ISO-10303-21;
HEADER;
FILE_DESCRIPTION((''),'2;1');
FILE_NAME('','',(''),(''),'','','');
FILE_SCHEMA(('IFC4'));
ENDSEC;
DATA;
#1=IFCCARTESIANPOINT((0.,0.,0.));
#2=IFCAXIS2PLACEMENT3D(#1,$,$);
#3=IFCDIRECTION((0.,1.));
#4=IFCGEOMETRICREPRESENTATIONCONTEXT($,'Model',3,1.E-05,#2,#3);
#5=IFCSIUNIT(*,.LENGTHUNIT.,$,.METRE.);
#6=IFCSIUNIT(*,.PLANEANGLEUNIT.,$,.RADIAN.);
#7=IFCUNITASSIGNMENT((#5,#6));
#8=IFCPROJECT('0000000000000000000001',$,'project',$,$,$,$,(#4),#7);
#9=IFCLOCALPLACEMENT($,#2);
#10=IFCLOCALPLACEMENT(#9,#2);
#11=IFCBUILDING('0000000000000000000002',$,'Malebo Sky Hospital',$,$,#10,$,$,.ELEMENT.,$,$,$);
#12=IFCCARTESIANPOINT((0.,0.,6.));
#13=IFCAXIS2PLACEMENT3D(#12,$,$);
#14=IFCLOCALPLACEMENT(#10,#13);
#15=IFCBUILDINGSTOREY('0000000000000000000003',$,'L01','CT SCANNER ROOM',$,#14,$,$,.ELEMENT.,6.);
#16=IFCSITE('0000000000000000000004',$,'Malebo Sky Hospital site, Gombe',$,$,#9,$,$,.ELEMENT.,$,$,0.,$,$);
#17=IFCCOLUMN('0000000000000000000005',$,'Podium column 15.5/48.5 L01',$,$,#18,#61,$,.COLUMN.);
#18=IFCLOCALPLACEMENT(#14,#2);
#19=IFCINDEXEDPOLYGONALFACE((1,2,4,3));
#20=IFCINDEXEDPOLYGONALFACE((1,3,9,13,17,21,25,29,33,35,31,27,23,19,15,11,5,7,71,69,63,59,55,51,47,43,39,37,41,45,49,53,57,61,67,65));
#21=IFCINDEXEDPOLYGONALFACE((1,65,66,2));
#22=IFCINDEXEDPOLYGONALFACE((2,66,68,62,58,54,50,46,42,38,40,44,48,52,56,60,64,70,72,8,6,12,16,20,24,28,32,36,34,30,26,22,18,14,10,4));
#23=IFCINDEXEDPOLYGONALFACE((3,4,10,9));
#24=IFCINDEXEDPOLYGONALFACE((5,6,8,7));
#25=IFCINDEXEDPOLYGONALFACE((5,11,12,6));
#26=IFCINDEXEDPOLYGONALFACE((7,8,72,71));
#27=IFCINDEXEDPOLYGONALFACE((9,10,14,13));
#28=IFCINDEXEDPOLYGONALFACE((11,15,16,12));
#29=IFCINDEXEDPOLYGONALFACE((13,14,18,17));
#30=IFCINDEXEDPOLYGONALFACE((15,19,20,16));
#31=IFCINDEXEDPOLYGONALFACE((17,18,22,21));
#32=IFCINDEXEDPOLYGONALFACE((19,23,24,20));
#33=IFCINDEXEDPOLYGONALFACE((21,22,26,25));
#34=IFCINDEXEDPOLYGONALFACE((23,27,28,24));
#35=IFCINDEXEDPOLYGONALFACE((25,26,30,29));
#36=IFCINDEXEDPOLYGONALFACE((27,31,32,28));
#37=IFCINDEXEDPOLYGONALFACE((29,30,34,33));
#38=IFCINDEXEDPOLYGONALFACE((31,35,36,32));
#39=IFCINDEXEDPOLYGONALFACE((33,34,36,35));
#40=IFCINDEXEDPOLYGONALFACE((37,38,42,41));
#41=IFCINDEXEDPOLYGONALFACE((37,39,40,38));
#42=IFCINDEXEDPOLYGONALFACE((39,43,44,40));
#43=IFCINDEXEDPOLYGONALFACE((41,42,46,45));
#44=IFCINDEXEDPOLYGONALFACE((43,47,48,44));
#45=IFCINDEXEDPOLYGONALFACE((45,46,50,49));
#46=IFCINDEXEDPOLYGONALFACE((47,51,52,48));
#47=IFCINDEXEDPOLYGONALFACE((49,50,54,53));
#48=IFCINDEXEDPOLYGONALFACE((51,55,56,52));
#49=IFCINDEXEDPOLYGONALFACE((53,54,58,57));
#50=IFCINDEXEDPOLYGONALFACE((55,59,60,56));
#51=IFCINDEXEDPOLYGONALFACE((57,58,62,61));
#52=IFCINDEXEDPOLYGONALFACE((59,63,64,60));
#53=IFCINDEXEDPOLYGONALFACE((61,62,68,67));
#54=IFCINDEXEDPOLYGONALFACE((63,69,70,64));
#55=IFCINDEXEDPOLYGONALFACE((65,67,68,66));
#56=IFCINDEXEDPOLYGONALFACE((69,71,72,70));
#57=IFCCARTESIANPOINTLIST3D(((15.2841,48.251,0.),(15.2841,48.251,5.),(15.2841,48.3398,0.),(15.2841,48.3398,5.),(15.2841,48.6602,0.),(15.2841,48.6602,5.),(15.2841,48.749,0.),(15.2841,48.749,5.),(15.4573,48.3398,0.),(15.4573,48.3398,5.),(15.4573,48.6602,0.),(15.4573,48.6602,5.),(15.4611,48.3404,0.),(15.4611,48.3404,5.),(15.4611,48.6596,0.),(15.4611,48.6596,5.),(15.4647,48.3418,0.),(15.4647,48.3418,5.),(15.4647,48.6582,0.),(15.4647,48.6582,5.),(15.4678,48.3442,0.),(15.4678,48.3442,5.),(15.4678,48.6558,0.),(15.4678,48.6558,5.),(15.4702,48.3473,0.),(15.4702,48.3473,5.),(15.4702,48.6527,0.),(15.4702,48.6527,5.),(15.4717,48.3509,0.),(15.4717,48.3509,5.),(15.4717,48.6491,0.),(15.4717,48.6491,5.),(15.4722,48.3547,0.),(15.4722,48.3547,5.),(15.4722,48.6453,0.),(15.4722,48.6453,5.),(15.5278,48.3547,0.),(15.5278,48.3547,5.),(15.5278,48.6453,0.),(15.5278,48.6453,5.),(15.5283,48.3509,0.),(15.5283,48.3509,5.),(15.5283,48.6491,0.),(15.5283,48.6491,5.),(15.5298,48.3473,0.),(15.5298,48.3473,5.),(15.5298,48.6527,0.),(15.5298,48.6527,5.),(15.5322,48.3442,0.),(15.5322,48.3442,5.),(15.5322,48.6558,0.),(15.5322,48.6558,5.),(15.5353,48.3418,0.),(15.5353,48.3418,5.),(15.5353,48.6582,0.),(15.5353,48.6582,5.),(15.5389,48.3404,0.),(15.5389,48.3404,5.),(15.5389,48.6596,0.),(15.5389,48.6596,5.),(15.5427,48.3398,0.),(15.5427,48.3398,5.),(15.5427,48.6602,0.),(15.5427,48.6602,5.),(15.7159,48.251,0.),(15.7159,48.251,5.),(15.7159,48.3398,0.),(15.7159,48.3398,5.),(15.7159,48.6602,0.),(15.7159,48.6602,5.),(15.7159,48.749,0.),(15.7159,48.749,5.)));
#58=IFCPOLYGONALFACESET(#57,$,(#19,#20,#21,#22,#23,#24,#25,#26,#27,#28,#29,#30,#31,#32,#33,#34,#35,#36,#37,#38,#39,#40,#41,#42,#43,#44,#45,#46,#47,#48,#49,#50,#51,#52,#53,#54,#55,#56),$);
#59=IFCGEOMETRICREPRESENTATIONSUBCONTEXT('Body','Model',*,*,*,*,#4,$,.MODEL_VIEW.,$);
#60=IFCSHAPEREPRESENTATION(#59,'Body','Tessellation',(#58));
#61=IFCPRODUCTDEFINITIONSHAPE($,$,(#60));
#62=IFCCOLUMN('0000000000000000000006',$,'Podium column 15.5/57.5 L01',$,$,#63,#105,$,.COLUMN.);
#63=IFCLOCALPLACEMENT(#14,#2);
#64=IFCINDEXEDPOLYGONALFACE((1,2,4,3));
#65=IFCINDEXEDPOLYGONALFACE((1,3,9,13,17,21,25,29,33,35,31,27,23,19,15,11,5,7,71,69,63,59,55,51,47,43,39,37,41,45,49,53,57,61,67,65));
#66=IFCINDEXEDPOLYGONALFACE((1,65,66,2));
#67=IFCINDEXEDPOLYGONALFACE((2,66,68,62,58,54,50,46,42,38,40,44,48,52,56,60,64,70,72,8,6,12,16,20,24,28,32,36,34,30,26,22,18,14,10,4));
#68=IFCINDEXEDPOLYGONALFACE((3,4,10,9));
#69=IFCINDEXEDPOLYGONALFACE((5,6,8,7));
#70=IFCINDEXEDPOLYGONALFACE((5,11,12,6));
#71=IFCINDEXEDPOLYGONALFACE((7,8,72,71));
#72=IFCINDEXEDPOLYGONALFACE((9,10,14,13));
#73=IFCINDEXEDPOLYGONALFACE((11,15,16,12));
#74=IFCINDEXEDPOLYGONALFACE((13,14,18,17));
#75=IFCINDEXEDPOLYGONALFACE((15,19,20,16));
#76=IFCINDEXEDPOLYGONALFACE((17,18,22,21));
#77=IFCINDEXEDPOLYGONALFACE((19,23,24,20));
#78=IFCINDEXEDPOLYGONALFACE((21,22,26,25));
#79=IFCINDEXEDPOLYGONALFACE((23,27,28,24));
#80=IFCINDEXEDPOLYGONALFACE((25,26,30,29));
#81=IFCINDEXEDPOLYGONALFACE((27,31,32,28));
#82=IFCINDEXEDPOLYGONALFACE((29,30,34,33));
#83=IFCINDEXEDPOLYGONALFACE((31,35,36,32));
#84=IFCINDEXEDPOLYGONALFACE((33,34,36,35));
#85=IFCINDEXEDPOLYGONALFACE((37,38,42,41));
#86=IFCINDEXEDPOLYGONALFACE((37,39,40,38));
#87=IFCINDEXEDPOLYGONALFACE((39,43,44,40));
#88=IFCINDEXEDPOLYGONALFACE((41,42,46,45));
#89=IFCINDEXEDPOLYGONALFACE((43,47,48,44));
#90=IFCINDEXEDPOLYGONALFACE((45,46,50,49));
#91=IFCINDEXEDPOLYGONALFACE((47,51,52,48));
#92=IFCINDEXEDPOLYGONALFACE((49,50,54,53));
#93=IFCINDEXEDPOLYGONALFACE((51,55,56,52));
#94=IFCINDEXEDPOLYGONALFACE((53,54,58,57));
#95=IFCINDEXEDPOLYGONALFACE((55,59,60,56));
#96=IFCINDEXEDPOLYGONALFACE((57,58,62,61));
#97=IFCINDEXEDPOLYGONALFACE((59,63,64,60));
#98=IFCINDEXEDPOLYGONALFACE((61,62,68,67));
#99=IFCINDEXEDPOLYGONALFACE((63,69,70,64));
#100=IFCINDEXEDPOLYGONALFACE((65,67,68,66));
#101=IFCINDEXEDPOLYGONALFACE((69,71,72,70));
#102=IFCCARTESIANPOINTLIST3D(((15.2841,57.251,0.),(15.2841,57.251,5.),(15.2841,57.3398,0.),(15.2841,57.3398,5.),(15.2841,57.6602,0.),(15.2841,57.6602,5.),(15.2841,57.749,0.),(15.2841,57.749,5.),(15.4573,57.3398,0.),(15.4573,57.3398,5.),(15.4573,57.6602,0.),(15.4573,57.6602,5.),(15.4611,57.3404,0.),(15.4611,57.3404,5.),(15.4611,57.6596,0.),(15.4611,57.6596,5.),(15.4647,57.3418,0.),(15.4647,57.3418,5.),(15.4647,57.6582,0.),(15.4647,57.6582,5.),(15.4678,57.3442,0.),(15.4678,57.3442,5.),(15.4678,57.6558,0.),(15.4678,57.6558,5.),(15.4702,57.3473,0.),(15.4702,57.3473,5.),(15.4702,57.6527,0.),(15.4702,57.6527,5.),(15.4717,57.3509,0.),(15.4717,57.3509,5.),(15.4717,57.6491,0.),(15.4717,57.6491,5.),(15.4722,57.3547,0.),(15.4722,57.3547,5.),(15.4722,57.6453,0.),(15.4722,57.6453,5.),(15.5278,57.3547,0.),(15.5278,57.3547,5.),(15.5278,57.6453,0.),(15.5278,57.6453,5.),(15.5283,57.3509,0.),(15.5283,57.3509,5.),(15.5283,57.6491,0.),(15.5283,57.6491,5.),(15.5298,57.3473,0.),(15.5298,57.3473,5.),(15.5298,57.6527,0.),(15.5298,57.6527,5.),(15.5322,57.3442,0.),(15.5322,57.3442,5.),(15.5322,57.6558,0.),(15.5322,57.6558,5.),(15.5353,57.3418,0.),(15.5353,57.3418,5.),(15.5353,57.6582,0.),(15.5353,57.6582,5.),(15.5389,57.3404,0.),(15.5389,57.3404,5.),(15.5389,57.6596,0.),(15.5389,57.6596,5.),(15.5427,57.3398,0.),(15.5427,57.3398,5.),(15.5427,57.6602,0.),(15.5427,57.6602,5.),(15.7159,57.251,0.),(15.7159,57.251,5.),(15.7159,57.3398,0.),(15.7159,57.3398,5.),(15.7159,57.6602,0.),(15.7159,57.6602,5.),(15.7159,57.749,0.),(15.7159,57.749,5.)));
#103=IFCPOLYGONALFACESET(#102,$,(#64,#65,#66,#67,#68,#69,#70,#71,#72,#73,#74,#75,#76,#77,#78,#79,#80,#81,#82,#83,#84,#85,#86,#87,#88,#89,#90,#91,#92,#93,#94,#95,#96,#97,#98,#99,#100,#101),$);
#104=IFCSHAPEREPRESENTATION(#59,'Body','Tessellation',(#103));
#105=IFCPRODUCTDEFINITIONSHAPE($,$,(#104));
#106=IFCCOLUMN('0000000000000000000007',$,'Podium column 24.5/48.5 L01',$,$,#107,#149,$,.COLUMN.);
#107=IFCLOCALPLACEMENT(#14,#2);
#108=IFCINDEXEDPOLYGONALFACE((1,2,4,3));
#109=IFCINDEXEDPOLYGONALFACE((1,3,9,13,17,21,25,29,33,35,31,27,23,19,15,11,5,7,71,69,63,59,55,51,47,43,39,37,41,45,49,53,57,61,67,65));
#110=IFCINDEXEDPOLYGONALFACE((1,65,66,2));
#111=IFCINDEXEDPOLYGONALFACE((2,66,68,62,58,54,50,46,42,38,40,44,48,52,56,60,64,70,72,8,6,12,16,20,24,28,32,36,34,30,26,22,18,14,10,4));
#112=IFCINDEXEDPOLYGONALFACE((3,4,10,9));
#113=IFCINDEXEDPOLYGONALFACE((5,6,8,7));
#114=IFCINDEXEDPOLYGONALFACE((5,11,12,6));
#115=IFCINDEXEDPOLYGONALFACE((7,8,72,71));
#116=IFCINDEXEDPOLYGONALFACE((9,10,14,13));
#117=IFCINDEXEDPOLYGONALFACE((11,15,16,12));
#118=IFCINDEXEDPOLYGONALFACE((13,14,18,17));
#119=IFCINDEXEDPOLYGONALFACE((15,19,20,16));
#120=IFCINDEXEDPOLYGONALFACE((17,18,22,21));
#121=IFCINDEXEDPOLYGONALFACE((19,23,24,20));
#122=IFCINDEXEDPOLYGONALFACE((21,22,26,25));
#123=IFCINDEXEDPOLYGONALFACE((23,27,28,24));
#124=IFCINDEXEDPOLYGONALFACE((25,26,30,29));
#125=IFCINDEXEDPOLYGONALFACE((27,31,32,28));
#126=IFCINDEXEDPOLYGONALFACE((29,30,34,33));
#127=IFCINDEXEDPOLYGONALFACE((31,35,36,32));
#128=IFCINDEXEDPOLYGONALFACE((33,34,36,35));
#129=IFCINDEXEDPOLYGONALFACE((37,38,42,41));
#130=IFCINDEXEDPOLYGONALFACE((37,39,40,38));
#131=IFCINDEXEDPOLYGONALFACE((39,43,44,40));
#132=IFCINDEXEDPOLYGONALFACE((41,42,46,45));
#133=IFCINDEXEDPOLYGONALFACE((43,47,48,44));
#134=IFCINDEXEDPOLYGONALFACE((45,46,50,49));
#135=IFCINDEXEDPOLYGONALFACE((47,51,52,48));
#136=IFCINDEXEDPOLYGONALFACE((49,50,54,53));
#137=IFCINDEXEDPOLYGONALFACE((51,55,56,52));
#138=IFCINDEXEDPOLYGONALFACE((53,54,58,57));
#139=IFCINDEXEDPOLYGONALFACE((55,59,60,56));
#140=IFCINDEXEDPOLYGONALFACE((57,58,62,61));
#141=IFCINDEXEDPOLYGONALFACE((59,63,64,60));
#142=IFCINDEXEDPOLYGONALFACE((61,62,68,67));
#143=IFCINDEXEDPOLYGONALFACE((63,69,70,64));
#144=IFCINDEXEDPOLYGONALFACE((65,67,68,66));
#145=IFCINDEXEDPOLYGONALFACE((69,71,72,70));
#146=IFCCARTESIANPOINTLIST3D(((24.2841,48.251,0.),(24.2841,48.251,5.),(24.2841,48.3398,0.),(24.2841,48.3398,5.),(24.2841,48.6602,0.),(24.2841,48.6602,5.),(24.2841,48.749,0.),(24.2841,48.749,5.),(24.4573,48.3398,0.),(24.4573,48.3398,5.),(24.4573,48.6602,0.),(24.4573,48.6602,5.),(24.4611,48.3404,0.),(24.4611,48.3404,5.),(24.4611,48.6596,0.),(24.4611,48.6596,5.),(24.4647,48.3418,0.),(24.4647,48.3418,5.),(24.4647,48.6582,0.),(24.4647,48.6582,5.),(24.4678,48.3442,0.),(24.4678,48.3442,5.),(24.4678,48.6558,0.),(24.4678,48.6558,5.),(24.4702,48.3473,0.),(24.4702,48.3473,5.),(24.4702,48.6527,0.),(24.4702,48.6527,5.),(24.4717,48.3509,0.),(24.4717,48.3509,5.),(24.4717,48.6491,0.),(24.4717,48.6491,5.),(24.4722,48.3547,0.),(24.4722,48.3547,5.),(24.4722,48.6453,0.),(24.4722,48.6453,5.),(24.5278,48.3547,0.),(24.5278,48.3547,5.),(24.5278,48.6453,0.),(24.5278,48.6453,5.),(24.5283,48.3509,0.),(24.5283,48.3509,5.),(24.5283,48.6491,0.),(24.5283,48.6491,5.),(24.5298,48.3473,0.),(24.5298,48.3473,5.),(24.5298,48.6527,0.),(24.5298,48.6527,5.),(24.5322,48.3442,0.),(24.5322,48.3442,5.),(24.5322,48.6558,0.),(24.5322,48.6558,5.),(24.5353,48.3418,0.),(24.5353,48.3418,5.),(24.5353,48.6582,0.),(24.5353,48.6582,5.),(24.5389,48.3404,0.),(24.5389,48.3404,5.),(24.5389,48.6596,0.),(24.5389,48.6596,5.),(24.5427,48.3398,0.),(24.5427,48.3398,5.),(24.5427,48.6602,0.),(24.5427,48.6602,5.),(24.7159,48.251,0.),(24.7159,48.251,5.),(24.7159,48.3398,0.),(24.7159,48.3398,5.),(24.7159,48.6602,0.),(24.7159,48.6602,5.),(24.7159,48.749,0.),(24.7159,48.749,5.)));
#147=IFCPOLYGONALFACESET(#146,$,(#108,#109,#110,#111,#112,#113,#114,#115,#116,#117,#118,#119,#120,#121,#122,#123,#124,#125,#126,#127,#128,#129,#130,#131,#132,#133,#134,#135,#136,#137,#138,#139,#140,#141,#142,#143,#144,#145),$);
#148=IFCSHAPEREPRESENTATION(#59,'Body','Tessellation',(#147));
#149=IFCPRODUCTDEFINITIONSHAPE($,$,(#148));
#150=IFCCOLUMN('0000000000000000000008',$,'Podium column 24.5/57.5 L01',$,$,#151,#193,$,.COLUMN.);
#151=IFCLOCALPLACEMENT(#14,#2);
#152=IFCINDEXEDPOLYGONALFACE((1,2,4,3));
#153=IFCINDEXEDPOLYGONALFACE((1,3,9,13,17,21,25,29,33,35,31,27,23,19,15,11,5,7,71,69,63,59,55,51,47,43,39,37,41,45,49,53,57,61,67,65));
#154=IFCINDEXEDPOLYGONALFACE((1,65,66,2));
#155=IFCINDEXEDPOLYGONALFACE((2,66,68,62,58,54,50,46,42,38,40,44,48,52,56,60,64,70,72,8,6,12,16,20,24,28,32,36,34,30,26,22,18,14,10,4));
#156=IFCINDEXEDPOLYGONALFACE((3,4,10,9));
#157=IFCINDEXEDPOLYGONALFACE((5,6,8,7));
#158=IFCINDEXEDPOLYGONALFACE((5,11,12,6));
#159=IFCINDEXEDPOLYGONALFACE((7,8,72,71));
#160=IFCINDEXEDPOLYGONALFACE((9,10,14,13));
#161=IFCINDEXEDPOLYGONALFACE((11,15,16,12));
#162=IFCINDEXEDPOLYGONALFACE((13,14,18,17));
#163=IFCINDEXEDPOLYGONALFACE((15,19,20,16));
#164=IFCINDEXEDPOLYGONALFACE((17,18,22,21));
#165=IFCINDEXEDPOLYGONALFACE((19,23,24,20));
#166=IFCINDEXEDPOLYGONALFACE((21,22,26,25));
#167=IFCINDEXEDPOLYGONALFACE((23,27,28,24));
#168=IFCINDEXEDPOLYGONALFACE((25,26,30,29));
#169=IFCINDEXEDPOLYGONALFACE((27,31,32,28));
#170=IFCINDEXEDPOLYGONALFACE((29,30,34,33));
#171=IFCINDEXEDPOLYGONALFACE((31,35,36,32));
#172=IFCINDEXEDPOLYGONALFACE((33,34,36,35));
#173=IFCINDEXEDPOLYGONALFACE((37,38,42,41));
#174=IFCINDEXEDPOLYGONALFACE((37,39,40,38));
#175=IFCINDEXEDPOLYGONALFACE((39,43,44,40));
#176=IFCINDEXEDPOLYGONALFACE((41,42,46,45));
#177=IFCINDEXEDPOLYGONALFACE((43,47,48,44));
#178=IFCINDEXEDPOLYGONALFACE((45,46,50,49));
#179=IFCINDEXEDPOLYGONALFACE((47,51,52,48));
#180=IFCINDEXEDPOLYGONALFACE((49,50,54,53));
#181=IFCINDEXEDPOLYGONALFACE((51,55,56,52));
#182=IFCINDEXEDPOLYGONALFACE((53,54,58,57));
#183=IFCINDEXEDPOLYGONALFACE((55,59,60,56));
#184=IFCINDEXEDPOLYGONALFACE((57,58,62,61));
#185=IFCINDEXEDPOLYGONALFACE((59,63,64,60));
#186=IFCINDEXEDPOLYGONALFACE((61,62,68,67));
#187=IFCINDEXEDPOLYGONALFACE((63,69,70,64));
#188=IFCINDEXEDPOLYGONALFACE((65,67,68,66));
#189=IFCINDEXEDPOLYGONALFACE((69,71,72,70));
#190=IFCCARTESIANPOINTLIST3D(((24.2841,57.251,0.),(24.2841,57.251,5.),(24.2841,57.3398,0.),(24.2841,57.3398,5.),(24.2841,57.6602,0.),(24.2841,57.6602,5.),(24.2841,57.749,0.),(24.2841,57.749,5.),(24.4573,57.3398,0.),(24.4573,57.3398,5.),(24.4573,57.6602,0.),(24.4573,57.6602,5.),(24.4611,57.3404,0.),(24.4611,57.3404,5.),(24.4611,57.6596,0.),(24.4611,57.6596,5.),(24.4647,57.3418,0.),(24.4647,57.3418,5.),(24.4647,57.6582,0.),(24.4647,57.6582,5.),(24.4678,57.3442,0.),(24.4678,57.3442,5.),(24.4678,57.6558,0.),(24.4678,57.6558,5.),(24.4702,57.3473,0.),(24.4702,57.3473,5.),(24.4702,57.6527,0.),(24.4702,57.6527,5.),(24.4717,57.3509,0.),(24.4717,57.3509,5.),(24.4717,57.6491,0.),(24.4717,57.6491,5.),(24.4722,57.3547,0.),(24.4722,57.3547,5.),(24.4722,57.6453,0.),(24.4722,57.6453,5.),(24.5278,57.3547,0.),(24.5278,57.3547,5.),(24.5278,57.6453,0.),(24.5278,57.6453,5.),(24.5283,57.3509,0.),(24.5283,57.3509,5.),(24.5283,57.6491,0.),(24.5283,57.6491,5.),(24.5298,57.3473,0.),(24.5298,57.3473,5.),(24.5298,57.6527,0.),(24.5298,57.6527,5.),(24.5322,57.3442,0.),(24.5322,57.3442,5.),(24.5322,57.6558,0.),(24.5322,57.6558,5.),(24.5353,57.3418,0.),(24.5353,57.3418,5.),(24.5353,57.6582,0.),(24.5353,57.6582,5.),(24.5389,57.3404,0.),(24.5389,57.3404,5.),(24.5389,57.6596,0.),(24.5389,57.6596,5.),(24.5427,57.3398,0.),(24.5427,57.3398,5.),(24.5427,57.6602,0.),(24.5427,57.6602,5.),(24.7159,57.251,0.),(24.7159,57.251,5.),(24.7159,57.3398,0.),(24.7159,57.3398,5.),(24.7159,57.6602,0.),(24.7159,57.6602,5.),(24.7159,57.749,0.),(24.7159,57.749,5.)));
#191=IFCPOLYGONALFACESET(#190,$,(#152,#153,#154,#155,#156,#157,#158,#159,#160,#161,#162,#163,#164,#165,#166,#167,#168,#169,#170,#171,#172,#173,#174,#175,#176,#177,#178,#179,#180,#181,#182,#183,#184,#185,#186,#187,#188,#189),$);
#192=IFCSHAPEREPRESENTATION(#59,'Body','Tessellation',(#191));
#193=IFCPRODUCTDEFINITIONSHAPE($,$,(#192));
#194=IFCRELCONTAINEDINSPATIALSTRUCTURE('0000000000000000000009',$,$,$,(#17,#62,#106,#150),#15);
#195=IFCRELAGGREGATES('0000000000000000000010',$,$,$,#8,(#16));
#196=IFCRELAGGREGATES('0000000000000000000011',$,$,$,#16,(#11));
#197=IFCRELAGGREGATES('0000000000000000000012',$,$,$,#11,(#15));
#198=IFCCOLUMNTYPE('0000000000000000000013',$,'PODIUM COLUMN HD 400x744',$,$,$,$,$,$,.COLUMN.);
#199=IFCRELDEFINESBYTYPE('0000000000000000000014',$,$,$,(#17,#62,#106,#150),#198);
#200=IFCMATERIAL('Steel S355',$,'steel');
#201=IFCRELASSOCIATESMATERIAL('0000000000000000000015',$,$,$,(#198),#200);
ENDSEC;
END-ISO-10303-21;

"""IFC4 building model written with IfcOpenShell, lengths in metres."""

from ifc_helpers import new_model, si_unit, direction, frame, origin, origin_2d, place, context, subcontext, project, spatial, i_section, extrude, material, material_profile, profile_set, type_object, element, save


model = new_model("IFC4")

# Units and contexts
model_context = context("Model", 3, precision=1e-05, world=origin(), true_north=direction((0.0, 1.0)))
body_context = subcontext(model_context, "Body", "Model", "MODEL_VIEW")
ifc_project = project(units=[si_unit("LENGTHUNIT", "METRE"), si_unit("PLANEANGLEUNIT", "RADIAN")], contexts=[model_context])

# Site, building, storey
site_placement = place(None, origin())
site = spatial("IfcSite", under=ifc_project, at=site_placement, Name="Malebo Sky Hospital site, Gombe", CompositionType="ELEMENT", RefElevation=0.0)
building_placement = place(site_placement, origin())
building = spatial("IfcBuilding", under=site, at=building_placement, Name="Malebo Sky Hospital", CompositionType="ELEMENT")
storey_placement = place(building_placement, frame((0.0, 0.0, 6.0)))
storey = spatial("IfcBuildingStorey", under=building, at=storey_placement, Name="L01", Description="CT SCANNER ROOM", CompositionType="ELEMENT", Elevation=6.0)

# Columns
ifc_material_1 = material(Name="Steel S355", Category="steel")
ifc_material_profile_1 = material_profile(ifc_material_1, i_section(OverallWidth=0.4319, OverallDepth=0.498, WebThickness=0.0557, FlangeThickness=0.0889, FilletRadius=0.0149, at=origin_2d()), Name="HD 400x744")
ifc_profile_set_1 = profile_set([ifc_material_profile_1], Name="Steel S355")
column_type = type_object("IfcColumnType", Name="PODIUM COLUMN HD 400x744", PredefinedType="COLUMN", material=ifc_profile_set_1)
for number, where, z_axis, x_axis, name in (
    (1, (15.5, 48.5, 0.0), (0.0, 0.0, 1.0), (1.0, 0.0, 0.0), "Podium column 15.5/48.5 L01"),
    (2, (15.5, 57.5, 0.0), (0.0, 0.0, 1.0), (1.0, 0.0, 0.0), "Podium column 15.5/57.5 L01"),
    (3, (24.5, 48.5, 0.0), (0.0, 0.0, 1.0), (1.0, 0.0, 0.0), "Podium column 24.5/48.5 L01"),
    (4, (24.5, 57.5, 0.0), (0.0, 0.0, 1.0), (1.0, 0.0, 0.0), "Podium column 24.5/57.5 L01"),
):
    element("IfcColumn", number, at=place(storey_placement, frame(where, z_axis=z_axis, x_axis=x_axis)), inside=storey, type_object=column_type, Name=name, PredefinedType="COLUMN", context=body_context, shape_type="SweptSolid", body=[
        extrude(i_section(OverallWidth=0.4319, OverallDepth=0.498, WebThickness=0.0557, FlangeThickness=0.0889, FilletRadius=0.0149, at=origin_2d()), origin(), (0.0, 0.0, 1.0), 5.0),
    ])

save(model, "model.ifc")
